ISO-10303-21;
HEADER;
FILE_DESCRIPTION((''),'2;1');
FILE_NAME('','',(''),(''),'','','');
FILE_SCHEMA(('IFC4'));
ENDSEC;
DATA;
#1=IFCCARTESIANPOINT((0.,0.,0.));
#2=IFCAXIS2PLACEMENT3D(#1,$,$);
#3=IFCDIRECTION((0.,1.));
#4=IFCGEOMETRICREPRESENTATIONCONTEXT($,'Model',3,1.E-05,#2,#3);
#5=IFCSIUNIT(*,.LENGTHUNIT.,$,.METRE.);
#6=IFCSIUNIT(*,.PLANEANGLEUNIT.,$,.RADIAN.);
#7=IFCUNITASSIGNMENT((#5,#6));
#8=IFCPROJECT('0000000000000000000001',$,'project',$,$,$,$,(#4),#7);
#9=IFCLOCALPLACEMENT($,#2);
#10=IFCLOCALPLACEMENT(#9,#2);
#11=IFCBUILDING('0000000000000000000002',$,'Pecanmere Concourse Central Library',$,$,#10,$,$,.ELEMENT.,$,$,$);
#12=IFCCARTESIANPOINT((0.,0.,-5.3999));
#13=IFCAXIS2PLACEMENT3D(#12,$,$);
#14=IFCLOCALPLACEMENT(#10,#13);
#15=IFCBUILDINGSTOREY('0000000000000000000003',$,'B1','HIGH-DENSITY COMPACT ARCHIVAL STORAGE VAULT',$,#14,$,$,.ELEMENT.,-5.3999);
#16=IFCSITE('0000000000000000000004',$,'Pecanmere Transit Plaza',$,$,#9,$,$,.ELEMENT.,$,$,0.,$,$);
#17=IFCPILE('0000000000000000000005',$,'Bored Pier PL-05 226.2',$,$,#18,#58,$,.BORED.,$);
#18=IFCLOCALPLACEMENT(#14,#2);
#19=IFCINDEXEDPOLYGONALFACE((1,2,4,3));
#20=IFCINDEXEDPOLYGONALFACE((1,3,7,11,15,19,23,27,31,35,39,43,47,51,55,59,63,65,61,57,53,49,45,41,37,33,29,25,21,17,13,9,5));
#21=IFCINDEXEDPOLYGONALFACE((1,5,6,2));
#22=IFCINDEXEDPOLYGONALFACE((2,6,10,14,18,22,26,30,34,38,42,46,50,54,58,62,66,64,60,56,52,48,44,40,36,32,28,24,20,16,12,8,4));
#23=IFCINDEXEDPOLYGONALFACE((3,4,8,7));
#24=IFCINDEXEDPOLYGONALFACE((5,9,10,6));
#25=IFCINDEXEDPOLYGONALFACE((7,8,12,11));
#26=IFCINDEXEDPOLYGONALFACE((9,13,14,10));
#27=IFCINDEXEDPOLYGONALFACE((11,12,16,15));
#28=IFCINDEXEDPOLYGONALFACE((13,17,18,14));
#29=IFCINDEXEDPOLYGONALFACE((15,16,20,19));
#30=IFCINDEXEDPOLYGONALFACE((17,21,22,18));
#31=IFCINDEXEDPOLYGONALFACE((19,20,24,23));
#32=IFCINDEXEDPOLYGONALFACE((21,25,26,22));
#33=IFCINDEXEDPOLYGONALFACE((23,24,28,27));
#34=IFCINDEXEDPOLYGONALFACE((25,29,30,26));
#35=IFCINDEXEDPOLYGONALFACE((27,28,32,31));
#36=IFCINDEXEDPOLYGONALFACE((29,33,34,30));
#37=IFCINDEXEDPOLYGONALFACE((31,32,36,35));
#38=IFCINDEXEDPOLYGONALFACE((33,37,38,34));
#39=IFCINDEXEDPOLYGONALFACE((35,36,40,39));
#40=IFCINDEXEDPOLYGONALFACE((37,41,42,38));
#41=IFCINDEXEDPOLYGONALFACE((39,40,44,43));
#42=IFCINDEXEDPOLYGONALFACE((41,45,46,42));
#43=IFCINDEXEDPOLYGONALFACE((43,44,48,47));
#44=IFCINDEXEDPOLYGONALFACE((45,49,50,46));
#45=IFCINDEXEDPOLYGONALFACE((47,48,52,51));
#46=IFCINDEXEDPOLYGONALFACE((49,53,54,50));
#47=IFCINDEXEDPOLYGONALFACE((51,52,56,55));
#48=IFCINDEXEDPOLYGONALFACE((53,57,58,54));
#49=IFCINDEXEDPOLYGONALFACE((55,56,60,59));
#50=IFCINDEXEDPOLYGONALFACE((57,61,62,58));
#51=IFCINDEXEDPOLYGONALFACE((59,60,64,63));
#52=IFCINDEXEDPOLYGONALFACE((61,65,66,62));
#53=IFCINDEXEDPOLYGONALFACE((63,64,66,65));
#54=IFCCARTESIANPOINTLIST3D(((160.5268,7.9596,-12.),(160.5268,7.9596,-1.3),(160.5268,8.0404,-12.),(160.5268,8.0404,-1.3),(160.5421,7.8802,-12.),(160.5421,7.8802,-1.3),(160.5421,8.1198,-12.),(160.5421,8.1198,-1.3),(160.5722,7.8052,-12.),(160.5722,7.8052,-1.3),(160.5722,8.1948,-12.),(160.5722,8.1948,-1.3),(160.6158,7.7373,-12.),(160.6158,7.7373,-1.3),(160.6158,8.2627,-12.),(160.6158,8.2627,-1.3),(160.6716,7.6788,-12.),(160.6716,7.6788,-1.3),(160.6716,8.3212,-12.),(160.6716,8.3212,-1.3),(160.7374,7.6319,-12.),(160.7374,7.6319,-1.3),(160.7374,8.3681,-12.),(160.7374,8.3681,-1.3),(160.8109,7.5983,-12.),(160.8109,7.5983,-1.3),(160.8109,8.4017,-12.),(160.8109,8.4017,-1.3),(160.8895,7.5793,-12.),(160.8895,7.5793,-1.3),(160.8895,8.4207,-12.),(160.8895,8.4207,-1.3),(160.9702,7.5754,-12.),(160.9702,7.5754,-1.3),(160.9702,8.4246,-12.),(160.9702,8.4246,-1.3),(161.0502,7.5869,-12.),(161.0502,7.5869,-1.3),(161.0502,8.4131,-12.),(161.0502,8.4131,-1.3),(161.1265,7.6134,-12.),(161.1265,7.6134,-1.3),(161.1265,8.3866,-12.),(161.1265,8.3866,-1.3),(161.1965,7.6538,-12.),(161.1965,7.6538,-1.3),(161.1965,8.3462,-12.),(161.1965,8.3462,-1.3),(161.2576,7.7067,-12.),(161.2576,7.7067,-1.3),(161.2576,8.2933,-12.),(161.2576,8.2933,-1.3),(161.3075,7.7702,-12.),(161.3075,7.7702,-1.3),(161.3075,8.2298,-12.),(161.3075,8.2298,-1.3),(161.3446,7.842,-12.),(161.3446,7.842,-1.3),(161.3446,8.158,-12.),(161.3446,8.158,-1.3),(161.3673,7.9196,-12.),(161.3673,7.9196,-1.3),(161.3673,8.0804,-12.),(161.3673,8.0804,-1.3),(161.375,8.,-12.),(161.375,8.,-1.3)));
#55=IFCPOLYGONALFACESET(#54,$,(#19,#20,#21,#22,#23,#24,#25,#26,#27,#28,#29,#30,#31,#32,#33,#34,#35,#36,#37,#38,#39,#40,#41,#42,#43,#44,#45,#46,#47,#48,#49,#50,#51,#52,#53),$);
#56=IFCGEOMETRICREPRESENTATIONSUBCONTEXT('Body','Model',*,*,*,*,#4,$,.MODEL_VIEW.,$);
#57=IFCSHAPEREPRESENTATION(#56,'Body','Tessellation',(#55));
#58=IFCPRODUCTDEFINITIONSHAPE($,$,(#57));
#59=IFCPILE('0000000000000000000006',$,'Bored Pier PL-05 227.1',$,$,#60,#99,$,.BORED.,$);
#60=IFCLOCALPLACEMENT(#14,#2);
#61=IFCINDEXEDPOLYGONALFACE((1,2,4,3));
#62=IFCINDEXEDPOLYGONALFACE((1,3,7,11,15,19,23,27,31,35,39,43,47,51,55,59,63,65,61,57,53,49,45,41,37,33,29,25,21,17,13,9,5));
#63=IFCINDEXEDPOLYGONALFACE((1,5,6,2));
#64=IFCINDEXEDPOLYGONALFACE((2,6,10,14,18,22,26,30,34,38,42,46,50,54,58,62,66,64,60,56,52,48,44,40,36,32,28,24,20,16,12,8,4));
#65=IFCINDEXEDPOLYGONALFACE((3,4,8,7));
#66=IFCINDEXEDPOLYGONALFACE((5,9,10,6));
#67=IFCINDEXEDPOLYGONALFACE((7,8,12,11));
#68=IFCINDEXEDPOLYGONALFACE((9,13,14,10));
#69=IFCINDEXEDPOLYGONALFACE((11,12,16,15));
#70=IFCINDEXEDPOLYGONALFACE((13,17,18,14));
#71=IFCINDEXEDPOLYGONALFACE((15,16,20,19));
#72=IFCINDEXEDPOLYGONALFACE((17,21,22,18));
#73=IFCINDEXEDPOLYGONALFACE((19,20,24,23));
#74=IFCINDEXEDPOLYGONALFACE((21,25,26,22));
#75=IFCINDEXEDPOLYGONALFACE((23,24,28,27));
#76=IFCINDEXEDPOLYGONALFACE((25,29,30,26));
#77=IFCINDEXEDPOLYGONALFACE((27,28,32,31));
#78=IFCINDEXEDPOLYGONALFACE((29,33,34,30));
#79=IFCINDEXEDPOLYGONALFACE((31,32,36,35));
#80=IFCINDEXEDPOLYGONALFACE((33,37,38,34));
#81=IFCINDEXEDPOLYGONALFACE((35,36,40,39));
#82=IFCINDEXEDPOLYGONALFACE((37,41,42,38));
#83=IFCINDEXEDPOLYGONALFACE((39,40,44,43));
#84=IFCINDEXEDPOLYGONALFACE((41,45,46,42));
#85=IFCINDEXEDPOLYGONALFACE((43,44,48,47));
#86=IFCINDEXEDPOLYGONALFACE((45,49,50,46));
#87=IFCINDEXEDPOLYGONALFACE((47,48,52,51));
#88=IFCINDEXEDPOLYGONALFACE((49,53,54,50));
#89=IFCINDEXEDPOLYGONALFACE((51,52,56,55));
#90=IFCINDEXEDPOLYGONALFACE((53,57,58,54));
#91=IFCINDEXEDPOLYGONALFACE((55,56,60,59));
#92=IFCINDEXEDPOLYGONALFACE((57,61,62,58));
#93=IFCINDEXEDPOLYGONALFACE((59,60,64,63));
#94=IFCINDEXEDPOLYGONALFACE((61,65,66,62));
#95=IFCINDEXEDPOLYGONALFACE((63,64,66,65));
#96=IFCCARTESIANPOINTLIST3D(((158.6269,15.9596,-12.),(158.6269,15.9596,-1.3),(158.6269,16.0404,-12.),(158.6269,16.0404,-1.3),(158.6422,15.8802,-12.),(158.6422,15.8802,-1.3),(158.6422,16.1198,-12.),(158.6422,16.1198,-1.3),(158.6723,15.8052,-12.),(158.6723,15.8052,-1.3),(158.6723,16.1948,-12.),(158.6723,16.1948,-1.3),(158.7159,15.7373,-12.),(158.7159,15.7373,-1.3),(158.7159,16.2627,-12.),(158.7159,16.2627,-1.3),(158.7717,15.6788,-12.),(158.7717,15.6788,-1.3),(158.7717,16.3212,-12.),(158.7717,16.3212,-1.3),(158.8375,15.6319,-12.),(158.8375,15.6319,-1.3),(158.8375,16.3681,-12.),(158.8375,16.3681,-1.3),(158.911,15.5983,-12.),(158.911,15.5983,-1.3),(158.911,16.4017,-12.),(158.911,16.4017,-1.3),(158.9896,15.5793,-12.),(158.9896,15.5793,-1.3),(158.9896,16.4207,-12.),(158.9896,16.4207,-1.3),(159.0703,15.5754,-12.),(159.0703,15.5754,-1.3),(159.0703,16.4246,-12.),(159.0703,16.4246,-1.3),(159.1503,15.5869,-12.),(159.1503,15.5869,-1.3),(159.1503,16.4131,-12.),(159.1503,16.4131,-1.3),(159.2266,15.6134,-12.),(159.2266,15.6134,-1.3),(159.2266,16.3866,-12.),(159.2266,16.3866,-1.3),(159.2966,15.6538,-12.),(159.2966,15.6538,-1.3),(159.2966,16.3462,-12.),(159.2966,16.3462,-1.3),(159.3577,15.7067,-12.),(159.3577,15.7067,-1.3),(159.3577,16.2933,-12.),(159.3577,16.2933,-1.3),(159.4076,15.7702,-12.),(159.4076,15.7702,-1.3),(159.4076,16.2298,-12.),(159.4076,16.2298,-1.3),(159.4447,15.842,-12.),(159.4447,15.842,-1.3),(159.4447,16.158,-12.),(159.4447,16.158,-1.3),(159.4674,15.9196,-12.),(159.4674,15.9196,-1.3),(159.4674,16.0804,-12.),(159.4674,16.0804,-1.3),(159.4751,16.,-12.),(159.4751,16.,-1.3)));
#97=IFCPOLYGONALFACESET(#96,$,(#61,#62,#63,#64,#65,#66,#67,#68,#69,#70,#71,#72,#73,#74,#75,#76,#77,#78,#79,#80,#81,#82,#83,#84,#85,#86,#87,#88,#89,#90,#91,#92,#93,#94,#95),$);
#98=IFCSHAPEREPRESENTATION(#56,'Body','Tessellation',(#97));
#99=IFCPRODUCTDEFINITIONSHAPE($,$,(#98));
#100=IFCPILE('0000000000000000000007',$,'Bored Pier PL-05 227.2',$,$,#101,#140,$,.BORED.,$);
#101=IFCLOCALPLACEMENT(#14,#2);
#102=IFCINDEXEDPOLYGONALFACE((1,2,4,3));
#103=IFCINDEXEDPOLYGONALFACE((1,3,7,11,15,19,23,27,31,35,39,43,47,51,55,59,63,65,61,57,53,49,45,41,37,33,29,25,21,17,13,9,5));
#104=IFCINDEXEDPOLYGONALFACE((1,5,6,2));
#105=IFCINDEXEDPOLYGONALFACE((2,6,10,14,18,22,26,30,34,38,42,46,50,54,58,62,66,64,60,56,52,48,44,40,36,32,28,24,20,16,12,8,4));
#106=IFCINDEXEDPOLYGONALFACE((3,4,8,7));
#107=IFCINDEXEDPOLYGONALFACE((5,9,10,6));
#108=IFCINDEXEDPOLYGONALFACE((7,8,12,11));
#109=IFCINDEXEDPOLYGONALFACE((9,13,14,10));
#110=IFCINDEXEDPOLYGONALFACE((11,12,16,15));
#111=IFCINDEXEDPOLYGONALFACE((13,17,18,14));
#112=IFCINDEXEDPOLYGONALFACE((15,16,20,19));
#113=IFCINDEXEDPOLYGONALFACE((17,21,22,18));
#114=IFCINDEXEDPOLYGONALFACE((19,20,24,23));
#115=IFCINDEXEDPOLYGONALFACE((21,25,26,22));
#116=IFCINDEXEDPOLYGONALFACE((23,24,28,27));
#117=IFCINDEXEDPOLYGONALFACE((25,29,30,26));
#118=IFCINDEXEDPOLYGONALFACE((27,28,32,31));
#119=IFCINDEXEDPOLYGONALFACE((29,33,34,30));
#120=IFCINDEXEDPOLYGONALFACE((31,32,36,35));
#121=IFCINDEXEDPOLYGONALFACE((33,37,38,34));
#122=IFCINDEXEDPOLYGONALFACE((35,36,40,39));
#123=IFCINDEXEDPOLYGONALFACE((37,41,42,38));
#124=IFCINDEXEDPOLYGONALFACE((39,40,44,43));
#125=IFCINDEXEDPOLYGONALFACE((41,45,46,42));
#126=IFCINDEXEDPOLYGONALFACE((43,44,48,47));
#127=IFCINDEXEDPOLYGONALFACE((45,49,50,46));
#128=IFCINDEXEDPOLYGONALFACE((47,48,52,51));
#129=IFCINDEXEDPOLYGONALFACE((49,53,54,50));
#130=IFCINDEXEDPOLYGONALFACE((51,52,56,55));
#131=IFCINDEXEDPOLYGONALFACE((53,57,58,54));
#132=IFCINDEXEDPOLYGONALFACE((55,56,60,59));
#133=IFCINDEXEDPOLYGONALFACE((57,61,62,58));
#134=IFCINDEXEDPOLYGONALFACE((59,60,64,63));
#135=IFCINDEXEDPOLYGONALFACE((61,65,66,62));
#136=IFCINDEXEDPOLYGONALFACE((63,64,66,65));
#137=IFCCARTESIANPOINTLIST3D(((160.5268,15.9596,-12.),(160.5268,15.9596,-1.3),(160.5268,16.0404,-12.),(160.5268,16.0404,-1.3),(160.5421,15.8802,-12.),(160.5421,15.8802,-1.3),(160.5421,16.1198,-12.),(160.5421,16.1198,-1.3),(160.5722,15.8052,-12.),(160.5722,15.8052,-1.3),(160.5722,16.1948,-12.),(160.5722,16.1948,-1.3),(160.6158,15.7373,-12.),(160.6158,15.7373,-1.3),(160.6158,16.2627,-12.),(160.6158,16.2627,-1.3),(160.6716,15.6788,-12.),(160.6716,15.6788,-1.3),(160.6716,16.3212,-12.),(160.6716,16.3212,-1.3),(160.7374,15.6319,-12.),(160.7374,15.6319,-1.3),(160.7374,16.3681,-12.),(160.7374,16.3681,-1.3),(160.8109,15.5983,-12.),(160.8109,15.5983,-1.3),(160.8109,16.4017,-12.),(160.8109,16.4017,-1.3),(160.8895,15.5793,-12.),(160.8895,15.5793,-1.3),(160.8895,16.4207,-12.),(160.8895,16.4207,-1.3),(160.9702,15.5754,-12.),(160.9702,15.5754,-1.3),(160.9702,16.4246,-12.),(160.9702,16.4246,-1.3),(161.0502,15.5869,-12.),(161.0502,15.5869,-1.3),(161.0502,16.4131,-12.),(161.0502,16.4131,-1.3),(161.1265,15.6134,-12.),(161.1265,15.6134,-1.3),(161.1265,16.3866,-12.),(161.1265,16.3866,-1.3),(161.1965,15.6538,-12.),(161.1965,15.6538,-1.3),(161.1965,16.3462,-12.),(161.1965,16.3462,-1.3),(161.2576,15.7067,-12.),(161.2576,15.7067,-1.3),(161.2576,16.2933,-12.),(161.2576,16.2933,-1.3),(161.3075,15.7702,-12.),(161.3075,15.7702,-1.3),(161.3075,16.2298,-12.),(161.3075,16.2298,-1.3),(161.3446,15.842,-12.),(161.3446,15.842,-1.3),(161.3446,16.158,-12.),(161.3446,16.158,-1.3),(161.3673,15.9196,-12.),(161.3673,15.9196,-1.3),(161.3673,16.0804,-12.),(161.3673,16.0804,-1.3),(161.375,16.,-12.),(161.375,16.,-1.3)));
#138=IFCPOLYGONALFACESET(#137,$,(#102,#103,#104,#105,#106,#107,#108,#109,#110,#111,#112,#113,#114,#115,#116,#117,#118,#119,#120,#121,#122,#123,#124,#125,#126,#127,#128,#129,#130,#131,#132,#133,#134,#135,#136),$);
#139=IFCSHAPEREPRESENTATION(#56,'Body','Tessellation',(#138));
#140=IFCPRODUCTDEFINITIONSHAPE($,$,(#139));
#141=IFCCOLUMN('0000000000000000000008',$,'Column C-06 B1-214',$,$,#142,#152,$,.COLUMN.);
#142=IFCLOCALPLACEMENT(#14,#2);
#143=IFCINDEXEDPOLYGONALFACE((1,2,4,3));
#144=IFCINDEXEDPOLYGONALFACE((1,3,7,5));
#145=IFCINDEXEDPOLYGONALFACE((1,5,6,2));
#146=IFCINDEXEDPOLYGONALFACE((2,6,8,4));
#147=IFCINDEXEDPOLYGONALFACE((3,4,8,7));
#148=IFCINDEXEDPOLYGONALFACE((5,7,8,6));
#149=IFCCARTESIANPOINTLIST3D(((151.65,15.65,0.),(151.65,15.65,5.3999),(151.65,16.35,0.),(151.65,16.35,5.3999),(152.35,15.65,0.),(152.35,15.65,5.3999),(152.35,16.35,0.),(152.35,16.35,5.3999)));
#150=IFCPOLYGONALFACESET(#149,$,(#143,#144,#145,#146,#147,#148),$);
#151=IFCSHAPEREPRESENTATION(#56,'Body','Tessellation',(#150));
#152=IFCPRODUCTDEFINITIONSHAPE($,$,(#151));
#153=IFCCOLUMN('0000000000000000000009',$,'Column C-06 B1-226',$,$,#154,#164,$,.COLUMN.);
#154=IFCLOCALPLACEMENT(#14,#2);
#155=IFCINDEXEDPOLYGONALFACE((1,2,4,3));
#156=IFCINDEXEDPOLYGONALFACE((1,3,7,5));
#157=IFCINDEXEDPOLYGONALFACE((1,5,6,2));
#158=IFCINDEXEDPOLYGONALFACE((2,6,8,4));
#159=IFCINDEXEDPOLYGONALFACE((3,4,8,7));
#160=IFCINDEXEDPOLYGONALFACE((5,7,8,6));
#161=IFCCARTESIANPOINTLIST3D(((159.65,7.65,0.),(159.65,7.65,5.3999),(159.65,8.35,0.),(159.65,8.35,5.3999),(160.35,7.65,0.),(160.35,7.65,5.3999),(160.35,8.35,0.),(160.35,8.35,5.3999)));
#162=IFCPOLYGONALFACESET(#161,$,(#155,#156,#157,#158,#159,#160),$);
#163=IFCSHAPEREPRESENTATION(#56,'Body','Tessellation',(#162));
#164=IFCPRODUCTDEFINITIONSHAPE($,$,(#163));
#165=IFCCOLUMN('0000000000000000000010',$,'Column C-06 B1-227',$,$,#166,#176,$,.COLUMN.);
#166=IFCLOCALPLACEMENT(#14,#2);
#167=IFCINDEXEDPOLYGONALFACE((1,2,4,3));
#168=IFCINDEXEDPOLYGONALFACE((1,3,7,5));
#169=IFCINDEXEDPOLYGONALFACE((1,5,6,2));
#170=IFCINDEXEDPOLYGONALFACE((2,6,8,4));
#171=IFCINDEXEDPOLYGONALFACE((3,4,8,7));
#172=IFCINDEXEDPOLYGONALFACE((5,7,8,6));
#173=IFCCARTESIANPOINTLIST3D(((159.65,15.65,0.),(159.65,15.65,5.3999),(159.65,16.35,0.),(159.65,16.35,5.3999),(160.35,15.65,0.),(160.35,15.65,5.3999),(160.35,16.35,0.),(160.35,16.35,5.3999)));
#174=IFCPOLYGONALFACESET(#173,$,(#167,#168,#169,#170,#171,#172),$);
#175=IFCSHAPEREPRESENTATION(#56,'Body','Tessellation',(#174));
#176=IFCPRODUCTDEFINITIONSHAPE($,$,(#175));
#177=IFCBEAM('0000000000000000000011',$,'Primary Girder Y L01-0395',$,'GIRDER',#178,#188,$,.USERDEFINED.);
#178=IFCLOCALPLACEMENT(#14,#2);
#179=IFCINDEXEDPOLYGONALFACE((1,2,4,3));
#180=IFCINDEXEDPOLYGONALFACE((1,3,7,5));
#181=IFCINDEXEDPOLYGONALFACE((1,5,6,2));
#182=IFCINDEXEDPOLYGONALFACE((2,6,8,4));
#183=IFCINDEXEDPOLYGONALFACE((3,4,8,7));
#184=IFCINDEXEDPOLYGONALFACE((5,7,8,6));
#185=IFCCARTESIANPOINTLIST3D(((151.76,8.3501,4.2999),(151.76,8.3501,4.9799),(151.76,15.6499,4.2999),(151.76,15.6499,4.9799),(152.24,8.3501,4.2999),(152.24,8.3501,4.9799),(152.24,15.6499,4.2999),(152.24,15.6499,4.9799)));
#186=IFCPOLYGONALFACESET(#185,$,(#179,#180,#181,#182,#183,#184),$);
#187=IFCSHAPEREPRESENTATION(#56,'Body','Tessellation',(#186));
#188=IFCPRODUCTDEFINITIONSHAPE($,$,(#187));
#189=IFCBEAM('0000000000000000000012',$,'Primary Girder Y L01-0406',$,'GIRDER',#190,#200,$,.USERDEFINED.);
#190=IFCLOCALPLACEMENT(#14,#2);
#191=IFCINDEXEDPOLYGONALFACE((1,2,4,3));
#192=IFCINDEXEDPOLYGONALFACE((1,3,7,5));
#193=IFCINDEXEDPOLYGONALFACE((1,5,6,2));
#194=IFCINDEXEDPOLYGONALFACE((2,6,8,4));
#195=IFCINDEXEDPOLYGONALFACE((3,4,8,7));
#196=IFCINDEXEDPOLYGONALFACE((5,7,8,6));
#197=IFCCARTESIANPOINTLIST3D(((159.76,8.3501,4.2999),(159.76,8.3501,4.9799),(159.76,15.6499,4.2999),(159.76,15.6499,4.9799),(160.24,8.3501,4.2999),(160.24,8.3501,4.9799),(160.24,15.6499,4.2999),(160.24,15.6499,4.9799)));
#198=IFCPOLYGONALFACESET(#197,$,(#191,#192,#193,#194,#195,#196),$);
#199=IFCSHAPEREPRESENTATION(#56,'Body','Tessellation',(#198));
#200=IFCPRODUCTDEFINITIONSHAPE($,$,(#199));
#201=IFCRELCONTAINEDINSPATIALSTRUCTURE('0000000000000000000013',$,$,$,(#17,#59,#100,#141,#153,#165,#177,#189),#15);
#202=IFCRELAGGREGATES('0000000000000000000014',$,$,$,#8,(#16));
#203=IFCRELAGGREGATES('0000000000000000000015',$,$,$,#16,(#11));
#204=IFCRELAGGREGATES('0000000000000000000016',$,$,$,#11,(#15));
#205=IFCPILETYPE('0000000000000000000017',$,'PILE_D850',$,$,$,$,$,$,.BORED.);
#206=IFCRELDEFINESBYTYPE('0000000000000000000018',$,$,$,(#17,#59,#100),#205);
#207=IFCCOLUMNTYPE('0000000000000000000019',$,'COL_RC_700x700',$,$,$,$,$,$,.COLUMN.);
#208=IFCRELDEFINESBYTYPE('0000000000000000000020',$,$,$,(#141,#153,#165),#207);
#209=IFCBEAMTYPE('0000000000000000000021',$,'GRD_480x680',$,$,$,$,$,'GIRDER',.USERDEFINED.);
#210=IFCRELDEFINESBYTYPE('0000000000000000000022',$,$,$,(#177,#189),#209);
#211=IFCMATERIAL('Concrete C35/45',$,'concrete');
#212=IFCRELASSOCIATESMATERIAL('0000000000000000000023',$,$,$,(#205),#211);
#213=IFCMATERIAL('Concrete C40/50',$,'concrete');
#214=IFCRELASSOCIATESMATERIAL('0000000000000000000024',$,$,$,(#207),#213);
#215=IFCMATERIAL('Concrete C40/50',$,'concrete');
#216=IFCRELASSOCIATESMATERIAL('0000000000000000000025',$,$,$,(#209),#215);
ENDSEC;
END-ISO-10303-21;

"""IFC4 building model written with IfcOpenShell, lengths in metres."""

from ifc_helpers import new_model, si_unit, direction, frame, origin, origin_2d, place, context, subcontext, project, spatial, rectangle, circle, extrude, material, material_profile, profile_set, type_object, element, save


model = new_model("IFC4")

# Units and contexts
model_context = context("Model", 3, precision=1e-05, world=origin(), true_north=direction((0.0, 1.0)))
body_context = subcontext(model_context, "Body", "Model", "MODEL_VIEW")
ifc_project = project(units=[si_unit("LENGTHUNIT", "METRE"), si_unit("PLANEANGLEUNIT", "RADIAN")], contexts=[model_context])

# Site, building, storey
site_placement = place(None, origin())
site = spatial("IfcSite", under=ifc_project, at=site_placement, Name="Pecanmere Transit Plaza", CompositionType="ELEMENT", RefElevation=0.0)
building_placement = place(site_placement, origin())
building = spatial("IfcBuilding", under=site, at=building_placement, Name="Pecanmere Concourse Central Library", CompositionType="ELEMENT")
storey_placement = place(building_placement, frame((0.0, 0.0, -5.3999)))
storey = spatial("IfcBuildingStorey", under=building, at=storey_placement, Name="B1", Description="HIGH-DENSITY COMPACT ARCHIVAL STORAGE VAULT", CompositionType="ELEMENT", Elevation=-5.3999)

# Piles
ifc_material_1 = material(Name="Concrete C35/45", Category="concrete")
ifc_material_profile_1 = material_profile(ifc_material_1, circle(Radius=0.425, at=origin_2d()), Name="PIER D850")
ifc_profile_set_1 = profile_set([ifc_material_profile_1], Name="Concrete C35/45")
pile_type = type_object("IfcPileType", Name="PILE_D850", PredefinedType="BORED", material=ifc_profile_set_1)
for number, where, z_axis, x_axis, name in (
    (1, (160.95, 8.0, -1.3), (0.0, 0.0, -1.0), (1.0, 0.0, 0.0), "Bored Pier PL-05 226.2"),
    (2, (159.05, 16.0, -1.3), (0.0, 0.0, -1.0), (1.0, 0.0, 0.0), "Bored Pier PL-05 227.1"),
    (3, (160.95, 16.0, -1.3), (0.0, 0.0, -1.0), (1.0, 0.0, 0.0), "Bored Pier PL-05 227.2"),
):
    element("IfcPile", number, at=place(storey_placement, frame(where, z_axis=z_axis, x_axis=x_axis)), inside=storey, type_object=pile_type, Name=name, PredefinedType="BORED", context=body_context, shape_type="SweptSolid", body=[
        extrude(circle(Radius=0.425, at=origin_2d()), origin(), (0.0, 0.0, 1.0), 10.7),
    ])

# Columns
ifc_material_2 = material(Name="Concrete C40/50", Category="concrete")
ifc_material_profile_2 = material_profile(ifc_material_2, rectangle(XDim=0.7, YDim=0.7, at=origin_2d()), Name="RC 700x700")
ifc_profile_set_2 = profile_set([ifc_material_profile_2], Name="Concrete C40/50")
column_type = type_object("IfcColumnType", Name="COL_RC_700x700", PredefinedType="COLUMN", material=ifc_profile_set_2)
for number, where, z_axis, x_axis, name in (
    (4, (152.0, 16.0, 0.0), (0.0, 0.0, 1.0), (1.0, 0.0, 0.0), "Column C-06 B1-214"),
    (5, (160.0, 8.0, 0.0), (0.0, 0.0, 1.0), (1.0, 0.0, 0.0), "Column C-06 B1-226"),
    (6, (160.0, 16.0, 0.0), (0.0, 0.0, 1.0), (1.0, 0.0, 0.0), "Column C-06 B1-227"),
):
    element("IfcColumn", number, at=place(storey_placement, frame(where, z_axis=z_axis, x_axis=x_axis)), inside=storey, type_object=column_type, Name=name, PredefinedType="COLUMN", context=body_context, shape_type="SweptSolid", body=[
        extrude(rectangle(XDim=0.7, YDim=0.7, at=origin_2d()), origin(), (0.0, 0.0, 1.0), 5.3999),
    ])

# Beams
ifc_material_3 = material(Name="Concrete C40/50", Category="concrete")
ifc_material_profile_3 = material_profile(ifc_material_3, rectangle(XDim=0.48, YDim=0.6799, at=origin_2d()), Name="RC 480x680")
ifc_profile_set_3 = profile_set([ifc_material_profile_3], Name="Concrete C40/50")
beam_type_1 = type_object("IfcBeamType", Name="GRD_480x680", ElementType="GIRDER", PredefinedType="USERDEFINED", material=ifc_profile_set_3)
for number, where, z_axis, x_axis, name in (
    (7, (152.0, 8.3501, 4.6399), (0.0, 1.0, 0.0), (-1.0, 0.0, 0.0), "Primary Girder Y L01-0395"),
    (8, (160.0, 8.3501, 4.6399), (0.0, 1.0, 0.0), (-1.0, 0.0, 0.0), "Primary Girder Y L01-0406"),
):
    element("IfcBeam", number, at=place(storey_placement, frame(where, z_axis=z_axis, x_axis=x_axis)), inside=storey, type_object=beam_type_1, Name=name, ObjectType="GIRDER", PredefinedType="USERDEFINED", context=body_context, shape_type="SweptSolid", body=[
        extrude(rectangle(XDim=0.48, YDim=0.6799, at=origin_2d()), origin(), (0.0, 0.0, 1.0), 7.2998),
    ])

save(model, "model.ifc")
